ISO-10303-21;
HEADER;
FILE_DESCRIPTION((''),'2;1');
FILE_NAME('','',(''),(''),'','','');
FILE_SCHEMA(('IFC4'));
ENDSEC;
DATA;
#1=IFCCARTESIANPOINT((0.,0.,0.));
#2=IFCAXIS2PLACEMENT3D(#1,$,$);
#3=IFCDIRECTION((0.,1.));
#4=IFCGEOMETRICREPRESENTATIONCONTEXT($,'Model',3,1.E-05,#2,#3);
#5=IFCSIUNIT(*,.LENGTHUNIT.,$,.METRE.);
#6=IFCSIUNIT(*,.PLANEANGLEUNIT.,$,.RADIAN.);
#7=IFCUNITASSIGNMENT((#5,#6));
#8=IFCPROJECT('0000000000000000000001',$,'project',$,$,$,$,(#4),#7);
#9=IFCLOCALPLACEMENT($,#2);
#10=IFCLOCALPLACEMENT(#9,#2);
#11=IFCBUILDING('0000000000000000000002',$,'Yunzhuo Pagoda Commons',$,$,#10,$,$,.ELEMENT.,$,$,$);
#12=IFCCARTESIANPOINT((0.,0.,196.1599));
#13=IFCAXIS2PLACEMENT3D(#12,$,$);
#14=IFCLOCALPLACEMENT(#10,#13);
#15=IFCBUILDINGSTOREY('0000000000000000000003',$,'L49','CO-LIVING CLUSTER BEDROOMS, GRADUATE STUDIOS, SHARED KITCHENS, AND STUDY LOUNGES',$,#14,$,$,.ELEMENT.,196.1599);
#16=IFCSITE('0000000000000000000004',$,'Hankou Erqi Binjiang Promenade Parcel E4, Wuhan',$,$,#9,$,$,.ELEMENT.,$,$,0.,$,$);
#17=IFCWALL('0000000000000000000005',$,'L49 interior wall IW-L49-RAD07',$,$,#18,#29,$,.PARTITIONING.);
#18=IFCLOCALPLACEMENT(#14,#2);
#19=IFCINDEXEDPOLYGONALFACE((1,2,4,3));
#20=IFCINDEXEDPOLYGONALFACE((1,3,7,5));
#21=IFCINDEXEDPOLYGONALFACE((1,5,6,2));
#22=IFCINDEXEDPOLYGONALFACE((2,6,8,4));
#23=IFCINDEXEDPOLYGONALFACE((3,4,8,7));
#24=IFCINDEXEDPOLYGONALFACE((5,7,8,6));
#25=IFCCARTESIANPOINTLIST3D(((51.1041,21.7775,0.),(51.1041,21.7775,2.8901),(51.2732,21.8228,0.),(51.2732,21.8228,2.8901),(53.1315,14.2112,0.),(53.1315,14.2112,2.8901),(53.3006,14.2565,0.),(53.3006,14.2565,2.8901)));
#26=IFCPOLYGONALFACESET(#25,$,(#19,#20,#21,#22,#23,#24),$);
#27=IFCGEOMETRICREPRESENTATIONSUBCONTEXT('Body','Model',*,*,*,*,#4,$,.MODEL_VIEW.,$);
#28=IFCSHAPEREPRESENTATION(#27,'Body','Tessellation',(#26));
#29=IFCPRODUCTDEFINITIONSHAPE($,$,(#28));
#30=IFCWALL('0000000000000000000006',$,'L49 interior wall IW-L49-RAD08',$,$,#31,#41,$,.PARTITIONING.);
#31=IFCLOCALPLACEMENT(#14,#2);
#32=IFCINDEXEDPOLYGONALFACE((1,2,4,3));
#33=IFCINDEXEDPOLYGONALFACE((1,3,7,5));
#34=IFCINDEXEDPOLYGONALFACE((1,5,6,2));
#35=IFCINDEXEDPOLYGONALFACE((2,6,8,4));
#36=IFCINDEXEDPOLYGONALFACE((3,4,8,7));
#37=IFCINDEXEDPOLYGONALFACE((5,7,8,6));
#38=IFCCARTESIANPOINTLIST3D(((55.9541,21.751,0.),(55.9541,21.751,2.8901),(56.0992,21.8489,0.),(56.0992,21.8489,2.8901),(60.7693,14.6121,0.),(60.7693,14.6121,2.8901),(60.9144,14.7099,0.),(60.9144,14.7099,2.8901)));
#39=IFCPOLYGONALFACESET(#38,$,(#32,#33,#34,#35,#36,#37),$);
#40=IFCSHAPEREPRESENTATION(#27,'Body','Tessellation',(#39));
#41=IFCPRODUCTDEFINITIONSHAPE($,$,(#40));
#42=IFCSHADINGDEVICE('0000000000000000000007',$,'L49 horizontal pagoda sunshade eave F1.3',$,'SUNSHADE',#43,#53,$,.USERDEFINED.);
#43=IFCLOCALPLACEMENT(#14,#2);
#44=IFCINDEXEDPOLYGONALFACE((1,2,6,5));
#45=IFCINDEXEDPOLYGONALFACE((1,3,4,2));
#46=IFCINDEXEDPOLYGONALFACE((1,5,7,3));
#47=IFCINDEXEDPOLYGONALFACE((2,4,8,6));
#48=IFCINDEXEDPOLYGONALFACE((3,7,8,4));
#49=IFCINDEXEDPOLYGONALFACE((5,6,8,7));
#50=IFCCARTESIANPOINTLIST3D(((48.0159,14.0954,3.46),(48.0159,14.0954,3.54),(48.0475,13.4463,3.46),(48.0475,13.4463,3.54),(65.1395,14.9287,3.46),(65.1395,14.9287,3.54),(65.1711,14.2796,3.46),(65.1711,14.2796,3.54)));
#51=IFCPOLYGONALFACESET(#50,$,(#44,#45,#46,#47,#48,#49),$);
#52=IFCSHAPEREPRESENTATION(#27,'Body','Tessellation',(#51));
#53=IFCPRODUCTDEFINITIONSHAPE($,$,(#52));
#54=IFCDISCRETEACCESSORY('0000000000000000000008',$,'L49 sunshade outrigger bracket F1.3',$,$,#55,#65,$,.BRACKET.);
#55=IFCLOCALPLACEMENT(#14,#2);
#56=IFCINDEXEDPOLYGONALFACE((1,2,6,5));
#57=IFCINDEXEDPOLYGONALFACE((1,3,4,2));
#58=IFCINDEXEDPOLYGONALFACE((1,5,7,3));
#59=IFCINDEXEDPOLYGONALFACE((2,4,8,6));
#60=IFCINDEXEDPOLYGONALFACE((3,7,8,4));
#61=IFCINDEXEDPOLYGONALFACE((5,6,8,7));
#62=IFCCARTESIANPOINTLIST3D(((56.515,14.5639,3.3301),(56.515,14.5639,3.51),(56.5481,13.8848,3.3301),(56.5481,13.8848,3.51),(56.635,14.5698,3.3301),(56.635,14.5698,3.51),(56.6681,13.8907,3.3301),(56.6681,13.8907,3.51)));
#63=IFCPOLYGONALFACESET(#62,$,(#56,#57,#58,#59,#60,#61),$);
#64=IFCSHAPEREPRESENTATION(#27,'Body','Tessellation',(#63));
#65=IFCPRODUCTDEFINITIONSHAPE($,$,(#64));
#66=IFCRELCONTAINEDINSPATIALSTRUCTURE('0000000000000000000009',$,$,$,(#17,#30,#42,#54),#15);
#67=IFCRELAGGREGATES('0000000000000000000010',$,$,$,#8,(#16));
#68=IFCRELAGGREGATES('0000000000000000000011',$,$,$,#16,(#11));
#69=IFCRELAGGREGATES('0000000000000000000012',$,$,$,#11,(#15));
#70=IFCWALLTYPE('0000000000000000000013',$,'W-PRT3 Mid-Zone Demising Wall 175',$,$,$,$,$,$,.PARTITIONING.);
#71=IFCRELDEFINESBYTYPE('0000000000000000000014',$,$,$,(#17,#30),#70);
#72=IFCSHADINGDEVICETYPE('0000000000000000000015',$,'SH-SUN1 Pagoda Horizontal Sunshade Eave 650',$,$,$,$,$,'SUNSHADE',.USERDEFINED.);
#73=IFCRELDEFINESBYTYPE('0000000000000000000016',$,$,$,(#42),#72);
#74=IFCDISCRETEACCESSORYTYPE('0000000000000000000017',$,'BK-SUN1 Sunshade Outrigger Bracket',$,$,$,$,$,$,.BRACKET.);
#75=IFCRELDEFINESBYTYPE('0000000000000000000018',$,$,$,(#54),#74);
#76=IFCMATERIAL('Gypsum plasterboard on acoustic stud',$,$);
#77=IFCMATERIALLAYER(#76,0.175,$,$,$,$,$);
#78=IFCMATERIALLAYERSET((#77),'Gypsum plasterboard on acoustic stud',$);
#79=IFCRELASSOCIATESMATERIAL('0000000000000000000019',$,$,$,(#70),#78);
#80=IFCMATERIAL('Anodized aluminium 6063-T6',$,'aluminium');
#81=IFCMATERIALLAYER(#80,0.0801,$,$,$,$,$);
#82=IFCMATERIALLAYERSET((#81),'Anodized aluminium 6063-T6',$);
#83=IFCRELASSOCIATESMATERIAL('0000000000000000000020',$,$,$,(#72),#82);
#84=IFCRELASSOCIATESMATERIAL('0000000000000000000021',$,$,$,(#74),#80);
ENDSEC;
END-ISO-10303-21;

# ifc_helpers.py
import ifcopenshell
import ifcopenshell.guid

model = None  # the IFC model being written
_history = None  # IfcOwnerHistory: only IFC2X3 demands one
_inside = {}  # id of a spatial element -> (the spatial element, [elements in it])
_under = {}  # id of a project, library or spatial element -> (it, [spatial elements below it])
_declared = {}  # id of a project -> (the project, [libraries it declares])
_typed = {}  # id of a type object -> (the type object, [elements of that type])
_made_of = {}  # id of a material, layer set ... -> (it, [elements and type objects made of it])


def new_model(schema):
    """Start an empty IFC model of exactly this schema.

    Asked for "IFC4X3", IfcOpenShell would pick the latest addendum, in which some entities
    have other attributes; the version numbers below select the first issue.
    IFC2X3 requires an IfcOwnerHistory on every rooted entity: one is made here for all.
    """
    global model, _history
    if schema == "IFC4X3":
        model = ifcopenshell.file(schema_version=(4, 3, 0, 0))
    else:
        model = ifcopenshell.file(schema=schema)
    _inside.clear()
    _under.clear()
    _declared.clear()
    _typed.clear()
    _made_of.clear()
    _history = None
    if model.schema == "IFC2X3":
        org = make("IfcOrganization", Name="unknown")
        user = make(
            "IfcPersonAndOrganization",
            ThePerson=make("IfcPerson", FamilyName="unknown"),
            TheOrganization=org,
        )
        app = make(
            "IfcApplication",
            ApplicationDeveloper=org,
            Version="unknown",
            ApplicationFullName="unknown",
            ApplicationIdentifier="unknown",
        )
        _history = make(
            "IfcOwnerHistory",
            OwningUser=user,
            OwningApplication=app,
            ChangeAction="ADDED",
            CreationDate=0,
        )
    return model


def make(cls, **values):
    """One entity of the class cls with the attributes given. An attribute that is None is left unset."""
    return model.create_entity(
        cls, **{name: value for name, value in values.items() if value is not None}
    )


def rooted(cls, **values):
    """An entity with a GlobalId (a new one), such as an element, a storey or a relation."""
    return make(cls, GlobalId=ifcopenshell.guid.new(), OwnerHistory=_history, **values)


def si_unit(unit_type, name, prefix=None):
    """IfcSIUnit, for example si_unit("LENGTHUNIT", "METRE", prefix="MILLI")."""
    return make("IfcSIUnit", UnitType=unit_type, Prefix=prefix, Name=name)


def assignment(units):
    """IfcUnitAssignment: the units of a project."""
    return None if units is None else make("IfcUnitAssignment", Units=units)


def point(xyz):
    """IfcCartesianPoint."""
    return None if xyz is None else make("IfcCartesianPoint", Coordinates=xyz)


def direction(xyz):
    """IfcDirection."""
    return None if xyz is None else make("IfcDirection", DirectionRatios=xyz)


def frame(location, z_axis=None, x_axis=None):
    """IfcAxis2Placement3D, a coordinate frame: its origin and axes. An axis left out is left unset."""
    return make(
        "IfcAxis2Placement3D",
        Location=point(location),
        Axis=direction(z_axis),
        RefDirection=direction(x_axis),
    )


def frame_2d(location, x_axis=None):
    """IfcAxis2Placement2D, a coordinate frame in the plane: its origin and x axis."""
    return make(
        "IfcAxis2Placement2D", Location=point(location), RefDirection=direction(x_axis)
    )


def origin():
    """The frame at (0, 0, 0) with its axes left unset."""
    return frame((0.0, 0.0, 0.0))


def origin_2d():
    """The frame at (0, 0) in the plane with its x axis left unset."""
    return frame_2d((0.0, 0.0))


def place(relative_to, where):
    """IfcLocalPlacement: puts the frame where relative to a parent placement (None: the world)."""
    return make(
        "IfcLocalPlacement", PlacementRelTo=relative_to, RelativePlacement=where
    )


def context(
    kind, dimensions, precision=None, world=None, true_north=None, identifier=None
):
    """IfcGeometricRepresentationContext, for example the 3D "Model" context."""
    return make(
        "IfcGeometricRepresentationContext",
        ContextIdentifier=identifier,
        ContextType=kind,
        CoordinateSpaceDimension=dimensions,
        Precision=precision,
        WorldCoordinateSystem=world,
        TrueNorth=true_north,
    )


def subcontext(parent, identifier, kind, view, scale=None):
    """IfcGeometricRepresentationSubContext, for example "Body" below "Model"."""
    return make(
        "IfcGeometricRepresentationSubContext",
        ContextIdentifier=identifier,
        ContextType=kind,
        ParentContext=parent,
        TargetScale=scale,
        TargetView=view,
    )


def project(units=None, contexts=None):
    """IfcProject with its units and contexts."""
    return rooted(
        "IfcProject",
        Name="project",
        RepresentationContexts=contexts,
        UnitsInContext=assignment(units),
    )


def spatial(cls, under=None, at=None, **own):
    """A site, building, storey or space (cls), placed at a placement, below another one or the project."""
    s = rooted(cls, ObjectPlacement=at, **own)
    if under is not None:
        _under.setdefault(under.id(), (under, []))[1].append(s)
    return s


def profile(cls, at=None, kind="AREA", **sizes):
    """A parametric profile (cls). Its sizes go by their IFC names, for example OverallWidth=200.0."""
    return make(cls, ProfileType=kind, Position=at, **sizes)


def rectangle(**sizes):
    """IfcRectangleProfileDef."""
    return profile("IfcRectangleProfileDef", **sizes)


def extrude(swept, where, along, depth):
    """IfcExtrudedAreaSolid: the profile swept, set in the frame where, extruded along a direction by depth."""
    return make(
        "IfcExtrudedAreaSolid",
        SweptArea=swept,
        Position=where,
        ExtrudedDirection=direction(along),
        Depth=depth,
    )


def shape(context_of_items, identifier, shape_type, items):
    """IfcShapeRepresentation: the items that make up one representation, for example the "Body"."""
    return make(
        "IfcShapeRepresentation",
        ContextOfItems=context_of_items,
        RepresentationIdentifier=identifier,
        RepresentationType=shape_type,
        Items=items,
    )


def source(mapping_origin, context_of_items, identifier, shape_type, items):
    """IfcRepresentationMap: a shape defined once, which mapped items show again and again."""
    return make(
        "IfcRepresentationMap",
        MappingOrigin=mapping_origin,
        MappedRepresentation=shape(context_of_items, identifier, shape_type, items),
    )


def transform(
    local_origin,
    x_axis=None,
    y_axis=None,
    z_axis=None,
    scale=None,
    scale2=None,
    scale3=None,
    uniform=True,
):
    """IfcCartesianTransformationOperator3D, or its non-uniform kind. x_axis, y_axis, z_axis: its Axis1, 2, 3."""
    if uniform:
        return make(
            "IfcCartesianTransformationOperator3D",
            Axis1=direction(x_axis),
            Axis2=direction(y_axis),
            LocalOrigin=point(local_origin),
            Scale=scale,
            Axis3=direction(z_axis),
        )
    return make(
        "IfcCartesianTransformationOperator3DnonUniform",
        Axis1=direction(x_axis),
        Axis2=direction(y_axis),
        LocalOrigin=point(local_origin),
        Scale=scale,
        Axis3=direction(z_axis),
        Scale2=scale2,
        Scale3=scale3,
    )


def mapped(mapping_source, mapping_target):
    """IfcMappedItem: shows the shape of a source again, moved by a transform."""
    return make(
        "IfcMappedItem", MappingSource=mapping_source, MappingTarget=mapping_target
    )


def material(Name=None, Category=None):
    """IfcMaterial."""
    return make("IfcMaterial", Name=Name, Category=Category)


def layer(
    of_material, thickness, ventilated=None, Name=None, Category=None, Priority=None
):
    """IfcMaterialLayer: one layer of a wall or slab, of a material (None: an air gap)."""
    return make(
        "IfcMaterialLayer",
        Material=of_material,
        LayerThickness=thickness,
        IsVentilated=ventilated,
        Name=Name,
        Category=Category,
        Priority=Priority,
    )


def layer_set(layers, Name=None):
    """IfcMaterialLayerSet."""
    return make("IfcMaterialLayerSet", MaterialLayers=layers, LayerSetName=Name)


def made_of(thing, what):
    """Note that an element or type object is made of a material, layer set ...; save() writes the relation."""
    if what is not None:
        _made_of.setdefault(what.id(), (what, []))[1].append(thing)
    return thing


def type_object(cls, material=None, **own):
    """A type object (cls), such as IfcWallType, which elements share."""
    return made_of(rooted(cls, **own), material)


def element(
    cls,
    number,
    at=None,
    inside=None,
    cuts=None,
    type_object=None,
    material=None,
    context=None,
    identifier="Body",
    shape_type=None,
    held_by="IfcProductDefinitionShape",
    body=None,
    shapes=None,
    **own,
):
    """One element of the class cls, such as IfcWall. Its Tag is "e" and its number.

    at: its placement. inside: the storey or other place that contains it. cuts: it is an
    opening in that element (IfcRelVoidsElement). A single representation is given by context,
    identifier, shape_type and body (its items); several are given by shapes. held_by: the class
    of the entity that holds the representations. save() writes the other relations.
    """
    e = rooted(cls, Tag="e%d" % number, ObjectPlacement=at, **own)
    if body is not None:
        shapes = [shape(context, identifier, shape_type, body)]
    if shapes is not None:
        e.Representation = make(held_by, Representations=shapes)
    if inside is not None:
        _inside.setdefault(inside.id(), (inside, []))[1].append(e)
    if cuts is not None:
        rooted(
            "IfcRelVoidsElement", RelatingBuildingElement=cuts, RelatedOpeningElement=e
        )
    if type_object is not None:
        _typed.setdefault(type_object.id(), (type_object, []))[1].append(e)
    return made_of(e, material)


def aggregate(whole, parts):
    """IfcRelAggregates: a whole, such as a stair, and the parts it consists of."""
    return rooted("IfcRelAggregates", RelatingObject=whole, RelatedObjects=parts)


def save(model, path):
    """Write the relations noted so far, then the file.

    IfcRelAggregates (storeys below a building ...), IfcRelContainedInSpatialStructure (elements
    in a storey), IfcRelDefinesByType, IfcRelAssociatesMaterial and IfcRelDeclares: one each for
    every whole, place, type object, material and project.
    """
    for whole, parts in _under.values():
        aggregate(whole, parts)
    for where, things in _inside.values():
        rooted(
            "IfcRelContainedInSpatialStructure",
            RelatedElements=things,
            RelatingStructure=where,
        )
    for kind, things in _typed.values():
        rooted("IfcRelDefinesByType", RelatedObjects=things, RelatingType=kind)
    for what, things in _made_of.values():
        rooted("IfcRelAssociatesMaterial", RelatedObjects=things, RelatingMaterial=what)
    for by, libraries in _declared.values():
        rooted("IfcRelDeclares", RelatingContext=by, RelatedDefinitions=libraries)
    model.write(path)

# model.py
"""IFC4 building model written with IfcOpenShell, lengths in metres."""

from ifc_helpers import new_model, si_unit, direction, frame, frame_2d, origin, origin_2d, place, context, subcontext, project, spatial, rectangle, extrude, source, transform, mapped, material, layer, layer_set, type_object, element, save


model = new_model("IFC4")

# Units and contexts
model_context = context("Model", 3, precision=1e-05, world=origin(), true_north=direction((0.0, 1.0)))
body_context = subcontext(model_context, "Body", "Model", "MODEL_VIEW")
ifc_project = project(units=[si_unit("LENGTHUNIT", "METRE"), si_unit("PLANEANGLEUNIT", "RADIAN")], contexts=[model_context])

# Site, building, storey
site_placement = place(None, origin())
site = spatial("IfcSite", under=ifc_project, at=site_placement, Name="Hankou Erqi Binjiang Promenade Parcel E4, Wuhan", CompositionType="ELEMENT", RefElevation=0.0)
building_placement = place(site_placement, origin())
building = spatial("IfcBuilding", under=site, at=building_placement, Name="Yunzhuo Pagoda Commons", CompositionType="ELEMENT")
storey_placement = place(building_placement, frame((0.0, 0.0, 196.1599)))
storey = spatial("IfcBuildingStorey", under=building, at=storey_placement, Name="L49", Description="CO-LIVING CLUSTER BEDROOMS, GRADUATE STUDIOS, SHARED KITCHENS, AND STUDY LOUNGES", CompositionType="ELEMENT", Elevation=196.1599)

# Shared definitions
ifc_material_1 = material(Name="Anodized aluminium 6063-T6", Category="aluminium")

# Shared definitions
ifc_material_2 = material(Name="Gypsum plasterboard on acoustic stud")

# Walls
ifc_layer_1 = layer(ifc_material_2, 0.175)
ifc_layer_set_1 = layer_set([ifc_layer_1], Name="Gypsum plasterboard on acoustic stud")
wall_type_1 = type_object("IfcWallType", Name="W-PRT3 Mid-Zone Demising Wall 175", PredefinedType="PARTITIONING", material=ifc_layer_set_1)
wall_1_placement = place(storey_placement, frame((51.1887, 21.8, 0.0), z_axis=(0.0, 0.0, 1.0), x_axis=(0.258811, -0.965928, 0.0)))
element("IfcWall", 1, at=wall_1_placement, inside=storey, type_object=wall_type_1, Name="L49 interior wall IW-L49-RAD07", PredefinedType="PARTITIONING", context=body_context, shape_type="SweptSolid", body=[
    extrude(rectangle(XDim=7.8333, YDim=0.175, at=frame_2d((3.9165, 0.0))), origin(), (0.0, 0.0, 1.0), 2.8901),
])
wall_2_placement = place(storey_placement, frame((56.0266, 21.8, 0.0), z_axis=(0.0, 0.0, 1.0), x_axis=(0.559187, -0.829042, 0.0)))
element("IfcWall", 2, at=wall_2_placement, inside=storey, type_object=wall_type_1, Name="L49 interior wall IW-L49-RAD08", PredefinedType="PARTITIONING", context=body_context, shape_type="SweptSolid", body=[
    extrude(rectangle(XDim=8.6111, YDim=0.175, at=frame_2d((4.3057, 0.0))), origin(), (0.0, 0.0, 1.0), 2.8901),
])

# Shading device
ifc_layer_2 = layer(ifc_material_1, 0.0801)
ifc_layer_set_2 = layer_set([ifc_layer_2], Name="Anodized aluminium 6063-T6")
shading_device_type = type_object("IfcShadingDeviceType", Name="SH-SUN1 Pagoda Horizontal Sunshade Eave 650", ElementType="SUNSHADE", PredefinedType="USERDEFINED", material=ifc_layer_set_2)
shared_shape_1 = source(origin(), body_context, "Body", "SweptSolid", [
    extrude(rectangle(XDim=17.1438, YDim=0.6499, at=origin_2d()), origin(), (0.0, 0.0, 1.0), 0.0801),
])
shading_device_placement = place(storey_placement, frame((56.5935, 14.1875, 3.46), z_axis=(0.0, 0.0, 1.0), x_axis=(0.998818, 0.048606, 0.0)))
element("IfcShadingDevice", 3, at=shading_device_placement, inside=storey, type_object=shading_device_type, Name="L49 horizontal pagoda sunshade eave F1.3", ObjectType="SUNSHADE", PredefinedType="USERDEFINED", context=body_context, shape_type="MappedRepresentation", body=[
    mapped(shared_shape_1, transform((0.0, 0.0, 0.0), scale=1.0)),
])

# Discrete accessory
discrete_accessory_type = type_object("IfcDiscreteAccessoryType", Name="BK-SUN1 Sunshade Outrigger Bracket", PredefinedType="BRACKET", material=ifc_material_1)
shared_shape_2 = source(origin(), body_context, "Body", "SweptSolid", [
    extrude(rectangle(XDim=0.1201, YDim=0.6799, at=origin_2d()), origin(), (0.0, 0.0, 1.0), 0.1799),
])
discrete_accessory_placement = place(storey_placement, frame((56.5916, 14.2273, 3.3301), z_axis=(0.0, 0.0, 1.0), x_axis=(0.998818, 0.048606, 0.0)))
element("IfcDiscreteAccessory", 4, at=discrete_accessory_placement, inside=storey, type_object=discrete_accessory_type, Name="L49 sunshade outrigger bracket F1.3", PredefinedType="BRACKET", context=body_context, shape_type="MappedRepresentation", body=[
    mapped(shared_shape_2, transform((0.0, 0.0, 0.0), scale=1.0)),
])

save(model, "model.ifc")
